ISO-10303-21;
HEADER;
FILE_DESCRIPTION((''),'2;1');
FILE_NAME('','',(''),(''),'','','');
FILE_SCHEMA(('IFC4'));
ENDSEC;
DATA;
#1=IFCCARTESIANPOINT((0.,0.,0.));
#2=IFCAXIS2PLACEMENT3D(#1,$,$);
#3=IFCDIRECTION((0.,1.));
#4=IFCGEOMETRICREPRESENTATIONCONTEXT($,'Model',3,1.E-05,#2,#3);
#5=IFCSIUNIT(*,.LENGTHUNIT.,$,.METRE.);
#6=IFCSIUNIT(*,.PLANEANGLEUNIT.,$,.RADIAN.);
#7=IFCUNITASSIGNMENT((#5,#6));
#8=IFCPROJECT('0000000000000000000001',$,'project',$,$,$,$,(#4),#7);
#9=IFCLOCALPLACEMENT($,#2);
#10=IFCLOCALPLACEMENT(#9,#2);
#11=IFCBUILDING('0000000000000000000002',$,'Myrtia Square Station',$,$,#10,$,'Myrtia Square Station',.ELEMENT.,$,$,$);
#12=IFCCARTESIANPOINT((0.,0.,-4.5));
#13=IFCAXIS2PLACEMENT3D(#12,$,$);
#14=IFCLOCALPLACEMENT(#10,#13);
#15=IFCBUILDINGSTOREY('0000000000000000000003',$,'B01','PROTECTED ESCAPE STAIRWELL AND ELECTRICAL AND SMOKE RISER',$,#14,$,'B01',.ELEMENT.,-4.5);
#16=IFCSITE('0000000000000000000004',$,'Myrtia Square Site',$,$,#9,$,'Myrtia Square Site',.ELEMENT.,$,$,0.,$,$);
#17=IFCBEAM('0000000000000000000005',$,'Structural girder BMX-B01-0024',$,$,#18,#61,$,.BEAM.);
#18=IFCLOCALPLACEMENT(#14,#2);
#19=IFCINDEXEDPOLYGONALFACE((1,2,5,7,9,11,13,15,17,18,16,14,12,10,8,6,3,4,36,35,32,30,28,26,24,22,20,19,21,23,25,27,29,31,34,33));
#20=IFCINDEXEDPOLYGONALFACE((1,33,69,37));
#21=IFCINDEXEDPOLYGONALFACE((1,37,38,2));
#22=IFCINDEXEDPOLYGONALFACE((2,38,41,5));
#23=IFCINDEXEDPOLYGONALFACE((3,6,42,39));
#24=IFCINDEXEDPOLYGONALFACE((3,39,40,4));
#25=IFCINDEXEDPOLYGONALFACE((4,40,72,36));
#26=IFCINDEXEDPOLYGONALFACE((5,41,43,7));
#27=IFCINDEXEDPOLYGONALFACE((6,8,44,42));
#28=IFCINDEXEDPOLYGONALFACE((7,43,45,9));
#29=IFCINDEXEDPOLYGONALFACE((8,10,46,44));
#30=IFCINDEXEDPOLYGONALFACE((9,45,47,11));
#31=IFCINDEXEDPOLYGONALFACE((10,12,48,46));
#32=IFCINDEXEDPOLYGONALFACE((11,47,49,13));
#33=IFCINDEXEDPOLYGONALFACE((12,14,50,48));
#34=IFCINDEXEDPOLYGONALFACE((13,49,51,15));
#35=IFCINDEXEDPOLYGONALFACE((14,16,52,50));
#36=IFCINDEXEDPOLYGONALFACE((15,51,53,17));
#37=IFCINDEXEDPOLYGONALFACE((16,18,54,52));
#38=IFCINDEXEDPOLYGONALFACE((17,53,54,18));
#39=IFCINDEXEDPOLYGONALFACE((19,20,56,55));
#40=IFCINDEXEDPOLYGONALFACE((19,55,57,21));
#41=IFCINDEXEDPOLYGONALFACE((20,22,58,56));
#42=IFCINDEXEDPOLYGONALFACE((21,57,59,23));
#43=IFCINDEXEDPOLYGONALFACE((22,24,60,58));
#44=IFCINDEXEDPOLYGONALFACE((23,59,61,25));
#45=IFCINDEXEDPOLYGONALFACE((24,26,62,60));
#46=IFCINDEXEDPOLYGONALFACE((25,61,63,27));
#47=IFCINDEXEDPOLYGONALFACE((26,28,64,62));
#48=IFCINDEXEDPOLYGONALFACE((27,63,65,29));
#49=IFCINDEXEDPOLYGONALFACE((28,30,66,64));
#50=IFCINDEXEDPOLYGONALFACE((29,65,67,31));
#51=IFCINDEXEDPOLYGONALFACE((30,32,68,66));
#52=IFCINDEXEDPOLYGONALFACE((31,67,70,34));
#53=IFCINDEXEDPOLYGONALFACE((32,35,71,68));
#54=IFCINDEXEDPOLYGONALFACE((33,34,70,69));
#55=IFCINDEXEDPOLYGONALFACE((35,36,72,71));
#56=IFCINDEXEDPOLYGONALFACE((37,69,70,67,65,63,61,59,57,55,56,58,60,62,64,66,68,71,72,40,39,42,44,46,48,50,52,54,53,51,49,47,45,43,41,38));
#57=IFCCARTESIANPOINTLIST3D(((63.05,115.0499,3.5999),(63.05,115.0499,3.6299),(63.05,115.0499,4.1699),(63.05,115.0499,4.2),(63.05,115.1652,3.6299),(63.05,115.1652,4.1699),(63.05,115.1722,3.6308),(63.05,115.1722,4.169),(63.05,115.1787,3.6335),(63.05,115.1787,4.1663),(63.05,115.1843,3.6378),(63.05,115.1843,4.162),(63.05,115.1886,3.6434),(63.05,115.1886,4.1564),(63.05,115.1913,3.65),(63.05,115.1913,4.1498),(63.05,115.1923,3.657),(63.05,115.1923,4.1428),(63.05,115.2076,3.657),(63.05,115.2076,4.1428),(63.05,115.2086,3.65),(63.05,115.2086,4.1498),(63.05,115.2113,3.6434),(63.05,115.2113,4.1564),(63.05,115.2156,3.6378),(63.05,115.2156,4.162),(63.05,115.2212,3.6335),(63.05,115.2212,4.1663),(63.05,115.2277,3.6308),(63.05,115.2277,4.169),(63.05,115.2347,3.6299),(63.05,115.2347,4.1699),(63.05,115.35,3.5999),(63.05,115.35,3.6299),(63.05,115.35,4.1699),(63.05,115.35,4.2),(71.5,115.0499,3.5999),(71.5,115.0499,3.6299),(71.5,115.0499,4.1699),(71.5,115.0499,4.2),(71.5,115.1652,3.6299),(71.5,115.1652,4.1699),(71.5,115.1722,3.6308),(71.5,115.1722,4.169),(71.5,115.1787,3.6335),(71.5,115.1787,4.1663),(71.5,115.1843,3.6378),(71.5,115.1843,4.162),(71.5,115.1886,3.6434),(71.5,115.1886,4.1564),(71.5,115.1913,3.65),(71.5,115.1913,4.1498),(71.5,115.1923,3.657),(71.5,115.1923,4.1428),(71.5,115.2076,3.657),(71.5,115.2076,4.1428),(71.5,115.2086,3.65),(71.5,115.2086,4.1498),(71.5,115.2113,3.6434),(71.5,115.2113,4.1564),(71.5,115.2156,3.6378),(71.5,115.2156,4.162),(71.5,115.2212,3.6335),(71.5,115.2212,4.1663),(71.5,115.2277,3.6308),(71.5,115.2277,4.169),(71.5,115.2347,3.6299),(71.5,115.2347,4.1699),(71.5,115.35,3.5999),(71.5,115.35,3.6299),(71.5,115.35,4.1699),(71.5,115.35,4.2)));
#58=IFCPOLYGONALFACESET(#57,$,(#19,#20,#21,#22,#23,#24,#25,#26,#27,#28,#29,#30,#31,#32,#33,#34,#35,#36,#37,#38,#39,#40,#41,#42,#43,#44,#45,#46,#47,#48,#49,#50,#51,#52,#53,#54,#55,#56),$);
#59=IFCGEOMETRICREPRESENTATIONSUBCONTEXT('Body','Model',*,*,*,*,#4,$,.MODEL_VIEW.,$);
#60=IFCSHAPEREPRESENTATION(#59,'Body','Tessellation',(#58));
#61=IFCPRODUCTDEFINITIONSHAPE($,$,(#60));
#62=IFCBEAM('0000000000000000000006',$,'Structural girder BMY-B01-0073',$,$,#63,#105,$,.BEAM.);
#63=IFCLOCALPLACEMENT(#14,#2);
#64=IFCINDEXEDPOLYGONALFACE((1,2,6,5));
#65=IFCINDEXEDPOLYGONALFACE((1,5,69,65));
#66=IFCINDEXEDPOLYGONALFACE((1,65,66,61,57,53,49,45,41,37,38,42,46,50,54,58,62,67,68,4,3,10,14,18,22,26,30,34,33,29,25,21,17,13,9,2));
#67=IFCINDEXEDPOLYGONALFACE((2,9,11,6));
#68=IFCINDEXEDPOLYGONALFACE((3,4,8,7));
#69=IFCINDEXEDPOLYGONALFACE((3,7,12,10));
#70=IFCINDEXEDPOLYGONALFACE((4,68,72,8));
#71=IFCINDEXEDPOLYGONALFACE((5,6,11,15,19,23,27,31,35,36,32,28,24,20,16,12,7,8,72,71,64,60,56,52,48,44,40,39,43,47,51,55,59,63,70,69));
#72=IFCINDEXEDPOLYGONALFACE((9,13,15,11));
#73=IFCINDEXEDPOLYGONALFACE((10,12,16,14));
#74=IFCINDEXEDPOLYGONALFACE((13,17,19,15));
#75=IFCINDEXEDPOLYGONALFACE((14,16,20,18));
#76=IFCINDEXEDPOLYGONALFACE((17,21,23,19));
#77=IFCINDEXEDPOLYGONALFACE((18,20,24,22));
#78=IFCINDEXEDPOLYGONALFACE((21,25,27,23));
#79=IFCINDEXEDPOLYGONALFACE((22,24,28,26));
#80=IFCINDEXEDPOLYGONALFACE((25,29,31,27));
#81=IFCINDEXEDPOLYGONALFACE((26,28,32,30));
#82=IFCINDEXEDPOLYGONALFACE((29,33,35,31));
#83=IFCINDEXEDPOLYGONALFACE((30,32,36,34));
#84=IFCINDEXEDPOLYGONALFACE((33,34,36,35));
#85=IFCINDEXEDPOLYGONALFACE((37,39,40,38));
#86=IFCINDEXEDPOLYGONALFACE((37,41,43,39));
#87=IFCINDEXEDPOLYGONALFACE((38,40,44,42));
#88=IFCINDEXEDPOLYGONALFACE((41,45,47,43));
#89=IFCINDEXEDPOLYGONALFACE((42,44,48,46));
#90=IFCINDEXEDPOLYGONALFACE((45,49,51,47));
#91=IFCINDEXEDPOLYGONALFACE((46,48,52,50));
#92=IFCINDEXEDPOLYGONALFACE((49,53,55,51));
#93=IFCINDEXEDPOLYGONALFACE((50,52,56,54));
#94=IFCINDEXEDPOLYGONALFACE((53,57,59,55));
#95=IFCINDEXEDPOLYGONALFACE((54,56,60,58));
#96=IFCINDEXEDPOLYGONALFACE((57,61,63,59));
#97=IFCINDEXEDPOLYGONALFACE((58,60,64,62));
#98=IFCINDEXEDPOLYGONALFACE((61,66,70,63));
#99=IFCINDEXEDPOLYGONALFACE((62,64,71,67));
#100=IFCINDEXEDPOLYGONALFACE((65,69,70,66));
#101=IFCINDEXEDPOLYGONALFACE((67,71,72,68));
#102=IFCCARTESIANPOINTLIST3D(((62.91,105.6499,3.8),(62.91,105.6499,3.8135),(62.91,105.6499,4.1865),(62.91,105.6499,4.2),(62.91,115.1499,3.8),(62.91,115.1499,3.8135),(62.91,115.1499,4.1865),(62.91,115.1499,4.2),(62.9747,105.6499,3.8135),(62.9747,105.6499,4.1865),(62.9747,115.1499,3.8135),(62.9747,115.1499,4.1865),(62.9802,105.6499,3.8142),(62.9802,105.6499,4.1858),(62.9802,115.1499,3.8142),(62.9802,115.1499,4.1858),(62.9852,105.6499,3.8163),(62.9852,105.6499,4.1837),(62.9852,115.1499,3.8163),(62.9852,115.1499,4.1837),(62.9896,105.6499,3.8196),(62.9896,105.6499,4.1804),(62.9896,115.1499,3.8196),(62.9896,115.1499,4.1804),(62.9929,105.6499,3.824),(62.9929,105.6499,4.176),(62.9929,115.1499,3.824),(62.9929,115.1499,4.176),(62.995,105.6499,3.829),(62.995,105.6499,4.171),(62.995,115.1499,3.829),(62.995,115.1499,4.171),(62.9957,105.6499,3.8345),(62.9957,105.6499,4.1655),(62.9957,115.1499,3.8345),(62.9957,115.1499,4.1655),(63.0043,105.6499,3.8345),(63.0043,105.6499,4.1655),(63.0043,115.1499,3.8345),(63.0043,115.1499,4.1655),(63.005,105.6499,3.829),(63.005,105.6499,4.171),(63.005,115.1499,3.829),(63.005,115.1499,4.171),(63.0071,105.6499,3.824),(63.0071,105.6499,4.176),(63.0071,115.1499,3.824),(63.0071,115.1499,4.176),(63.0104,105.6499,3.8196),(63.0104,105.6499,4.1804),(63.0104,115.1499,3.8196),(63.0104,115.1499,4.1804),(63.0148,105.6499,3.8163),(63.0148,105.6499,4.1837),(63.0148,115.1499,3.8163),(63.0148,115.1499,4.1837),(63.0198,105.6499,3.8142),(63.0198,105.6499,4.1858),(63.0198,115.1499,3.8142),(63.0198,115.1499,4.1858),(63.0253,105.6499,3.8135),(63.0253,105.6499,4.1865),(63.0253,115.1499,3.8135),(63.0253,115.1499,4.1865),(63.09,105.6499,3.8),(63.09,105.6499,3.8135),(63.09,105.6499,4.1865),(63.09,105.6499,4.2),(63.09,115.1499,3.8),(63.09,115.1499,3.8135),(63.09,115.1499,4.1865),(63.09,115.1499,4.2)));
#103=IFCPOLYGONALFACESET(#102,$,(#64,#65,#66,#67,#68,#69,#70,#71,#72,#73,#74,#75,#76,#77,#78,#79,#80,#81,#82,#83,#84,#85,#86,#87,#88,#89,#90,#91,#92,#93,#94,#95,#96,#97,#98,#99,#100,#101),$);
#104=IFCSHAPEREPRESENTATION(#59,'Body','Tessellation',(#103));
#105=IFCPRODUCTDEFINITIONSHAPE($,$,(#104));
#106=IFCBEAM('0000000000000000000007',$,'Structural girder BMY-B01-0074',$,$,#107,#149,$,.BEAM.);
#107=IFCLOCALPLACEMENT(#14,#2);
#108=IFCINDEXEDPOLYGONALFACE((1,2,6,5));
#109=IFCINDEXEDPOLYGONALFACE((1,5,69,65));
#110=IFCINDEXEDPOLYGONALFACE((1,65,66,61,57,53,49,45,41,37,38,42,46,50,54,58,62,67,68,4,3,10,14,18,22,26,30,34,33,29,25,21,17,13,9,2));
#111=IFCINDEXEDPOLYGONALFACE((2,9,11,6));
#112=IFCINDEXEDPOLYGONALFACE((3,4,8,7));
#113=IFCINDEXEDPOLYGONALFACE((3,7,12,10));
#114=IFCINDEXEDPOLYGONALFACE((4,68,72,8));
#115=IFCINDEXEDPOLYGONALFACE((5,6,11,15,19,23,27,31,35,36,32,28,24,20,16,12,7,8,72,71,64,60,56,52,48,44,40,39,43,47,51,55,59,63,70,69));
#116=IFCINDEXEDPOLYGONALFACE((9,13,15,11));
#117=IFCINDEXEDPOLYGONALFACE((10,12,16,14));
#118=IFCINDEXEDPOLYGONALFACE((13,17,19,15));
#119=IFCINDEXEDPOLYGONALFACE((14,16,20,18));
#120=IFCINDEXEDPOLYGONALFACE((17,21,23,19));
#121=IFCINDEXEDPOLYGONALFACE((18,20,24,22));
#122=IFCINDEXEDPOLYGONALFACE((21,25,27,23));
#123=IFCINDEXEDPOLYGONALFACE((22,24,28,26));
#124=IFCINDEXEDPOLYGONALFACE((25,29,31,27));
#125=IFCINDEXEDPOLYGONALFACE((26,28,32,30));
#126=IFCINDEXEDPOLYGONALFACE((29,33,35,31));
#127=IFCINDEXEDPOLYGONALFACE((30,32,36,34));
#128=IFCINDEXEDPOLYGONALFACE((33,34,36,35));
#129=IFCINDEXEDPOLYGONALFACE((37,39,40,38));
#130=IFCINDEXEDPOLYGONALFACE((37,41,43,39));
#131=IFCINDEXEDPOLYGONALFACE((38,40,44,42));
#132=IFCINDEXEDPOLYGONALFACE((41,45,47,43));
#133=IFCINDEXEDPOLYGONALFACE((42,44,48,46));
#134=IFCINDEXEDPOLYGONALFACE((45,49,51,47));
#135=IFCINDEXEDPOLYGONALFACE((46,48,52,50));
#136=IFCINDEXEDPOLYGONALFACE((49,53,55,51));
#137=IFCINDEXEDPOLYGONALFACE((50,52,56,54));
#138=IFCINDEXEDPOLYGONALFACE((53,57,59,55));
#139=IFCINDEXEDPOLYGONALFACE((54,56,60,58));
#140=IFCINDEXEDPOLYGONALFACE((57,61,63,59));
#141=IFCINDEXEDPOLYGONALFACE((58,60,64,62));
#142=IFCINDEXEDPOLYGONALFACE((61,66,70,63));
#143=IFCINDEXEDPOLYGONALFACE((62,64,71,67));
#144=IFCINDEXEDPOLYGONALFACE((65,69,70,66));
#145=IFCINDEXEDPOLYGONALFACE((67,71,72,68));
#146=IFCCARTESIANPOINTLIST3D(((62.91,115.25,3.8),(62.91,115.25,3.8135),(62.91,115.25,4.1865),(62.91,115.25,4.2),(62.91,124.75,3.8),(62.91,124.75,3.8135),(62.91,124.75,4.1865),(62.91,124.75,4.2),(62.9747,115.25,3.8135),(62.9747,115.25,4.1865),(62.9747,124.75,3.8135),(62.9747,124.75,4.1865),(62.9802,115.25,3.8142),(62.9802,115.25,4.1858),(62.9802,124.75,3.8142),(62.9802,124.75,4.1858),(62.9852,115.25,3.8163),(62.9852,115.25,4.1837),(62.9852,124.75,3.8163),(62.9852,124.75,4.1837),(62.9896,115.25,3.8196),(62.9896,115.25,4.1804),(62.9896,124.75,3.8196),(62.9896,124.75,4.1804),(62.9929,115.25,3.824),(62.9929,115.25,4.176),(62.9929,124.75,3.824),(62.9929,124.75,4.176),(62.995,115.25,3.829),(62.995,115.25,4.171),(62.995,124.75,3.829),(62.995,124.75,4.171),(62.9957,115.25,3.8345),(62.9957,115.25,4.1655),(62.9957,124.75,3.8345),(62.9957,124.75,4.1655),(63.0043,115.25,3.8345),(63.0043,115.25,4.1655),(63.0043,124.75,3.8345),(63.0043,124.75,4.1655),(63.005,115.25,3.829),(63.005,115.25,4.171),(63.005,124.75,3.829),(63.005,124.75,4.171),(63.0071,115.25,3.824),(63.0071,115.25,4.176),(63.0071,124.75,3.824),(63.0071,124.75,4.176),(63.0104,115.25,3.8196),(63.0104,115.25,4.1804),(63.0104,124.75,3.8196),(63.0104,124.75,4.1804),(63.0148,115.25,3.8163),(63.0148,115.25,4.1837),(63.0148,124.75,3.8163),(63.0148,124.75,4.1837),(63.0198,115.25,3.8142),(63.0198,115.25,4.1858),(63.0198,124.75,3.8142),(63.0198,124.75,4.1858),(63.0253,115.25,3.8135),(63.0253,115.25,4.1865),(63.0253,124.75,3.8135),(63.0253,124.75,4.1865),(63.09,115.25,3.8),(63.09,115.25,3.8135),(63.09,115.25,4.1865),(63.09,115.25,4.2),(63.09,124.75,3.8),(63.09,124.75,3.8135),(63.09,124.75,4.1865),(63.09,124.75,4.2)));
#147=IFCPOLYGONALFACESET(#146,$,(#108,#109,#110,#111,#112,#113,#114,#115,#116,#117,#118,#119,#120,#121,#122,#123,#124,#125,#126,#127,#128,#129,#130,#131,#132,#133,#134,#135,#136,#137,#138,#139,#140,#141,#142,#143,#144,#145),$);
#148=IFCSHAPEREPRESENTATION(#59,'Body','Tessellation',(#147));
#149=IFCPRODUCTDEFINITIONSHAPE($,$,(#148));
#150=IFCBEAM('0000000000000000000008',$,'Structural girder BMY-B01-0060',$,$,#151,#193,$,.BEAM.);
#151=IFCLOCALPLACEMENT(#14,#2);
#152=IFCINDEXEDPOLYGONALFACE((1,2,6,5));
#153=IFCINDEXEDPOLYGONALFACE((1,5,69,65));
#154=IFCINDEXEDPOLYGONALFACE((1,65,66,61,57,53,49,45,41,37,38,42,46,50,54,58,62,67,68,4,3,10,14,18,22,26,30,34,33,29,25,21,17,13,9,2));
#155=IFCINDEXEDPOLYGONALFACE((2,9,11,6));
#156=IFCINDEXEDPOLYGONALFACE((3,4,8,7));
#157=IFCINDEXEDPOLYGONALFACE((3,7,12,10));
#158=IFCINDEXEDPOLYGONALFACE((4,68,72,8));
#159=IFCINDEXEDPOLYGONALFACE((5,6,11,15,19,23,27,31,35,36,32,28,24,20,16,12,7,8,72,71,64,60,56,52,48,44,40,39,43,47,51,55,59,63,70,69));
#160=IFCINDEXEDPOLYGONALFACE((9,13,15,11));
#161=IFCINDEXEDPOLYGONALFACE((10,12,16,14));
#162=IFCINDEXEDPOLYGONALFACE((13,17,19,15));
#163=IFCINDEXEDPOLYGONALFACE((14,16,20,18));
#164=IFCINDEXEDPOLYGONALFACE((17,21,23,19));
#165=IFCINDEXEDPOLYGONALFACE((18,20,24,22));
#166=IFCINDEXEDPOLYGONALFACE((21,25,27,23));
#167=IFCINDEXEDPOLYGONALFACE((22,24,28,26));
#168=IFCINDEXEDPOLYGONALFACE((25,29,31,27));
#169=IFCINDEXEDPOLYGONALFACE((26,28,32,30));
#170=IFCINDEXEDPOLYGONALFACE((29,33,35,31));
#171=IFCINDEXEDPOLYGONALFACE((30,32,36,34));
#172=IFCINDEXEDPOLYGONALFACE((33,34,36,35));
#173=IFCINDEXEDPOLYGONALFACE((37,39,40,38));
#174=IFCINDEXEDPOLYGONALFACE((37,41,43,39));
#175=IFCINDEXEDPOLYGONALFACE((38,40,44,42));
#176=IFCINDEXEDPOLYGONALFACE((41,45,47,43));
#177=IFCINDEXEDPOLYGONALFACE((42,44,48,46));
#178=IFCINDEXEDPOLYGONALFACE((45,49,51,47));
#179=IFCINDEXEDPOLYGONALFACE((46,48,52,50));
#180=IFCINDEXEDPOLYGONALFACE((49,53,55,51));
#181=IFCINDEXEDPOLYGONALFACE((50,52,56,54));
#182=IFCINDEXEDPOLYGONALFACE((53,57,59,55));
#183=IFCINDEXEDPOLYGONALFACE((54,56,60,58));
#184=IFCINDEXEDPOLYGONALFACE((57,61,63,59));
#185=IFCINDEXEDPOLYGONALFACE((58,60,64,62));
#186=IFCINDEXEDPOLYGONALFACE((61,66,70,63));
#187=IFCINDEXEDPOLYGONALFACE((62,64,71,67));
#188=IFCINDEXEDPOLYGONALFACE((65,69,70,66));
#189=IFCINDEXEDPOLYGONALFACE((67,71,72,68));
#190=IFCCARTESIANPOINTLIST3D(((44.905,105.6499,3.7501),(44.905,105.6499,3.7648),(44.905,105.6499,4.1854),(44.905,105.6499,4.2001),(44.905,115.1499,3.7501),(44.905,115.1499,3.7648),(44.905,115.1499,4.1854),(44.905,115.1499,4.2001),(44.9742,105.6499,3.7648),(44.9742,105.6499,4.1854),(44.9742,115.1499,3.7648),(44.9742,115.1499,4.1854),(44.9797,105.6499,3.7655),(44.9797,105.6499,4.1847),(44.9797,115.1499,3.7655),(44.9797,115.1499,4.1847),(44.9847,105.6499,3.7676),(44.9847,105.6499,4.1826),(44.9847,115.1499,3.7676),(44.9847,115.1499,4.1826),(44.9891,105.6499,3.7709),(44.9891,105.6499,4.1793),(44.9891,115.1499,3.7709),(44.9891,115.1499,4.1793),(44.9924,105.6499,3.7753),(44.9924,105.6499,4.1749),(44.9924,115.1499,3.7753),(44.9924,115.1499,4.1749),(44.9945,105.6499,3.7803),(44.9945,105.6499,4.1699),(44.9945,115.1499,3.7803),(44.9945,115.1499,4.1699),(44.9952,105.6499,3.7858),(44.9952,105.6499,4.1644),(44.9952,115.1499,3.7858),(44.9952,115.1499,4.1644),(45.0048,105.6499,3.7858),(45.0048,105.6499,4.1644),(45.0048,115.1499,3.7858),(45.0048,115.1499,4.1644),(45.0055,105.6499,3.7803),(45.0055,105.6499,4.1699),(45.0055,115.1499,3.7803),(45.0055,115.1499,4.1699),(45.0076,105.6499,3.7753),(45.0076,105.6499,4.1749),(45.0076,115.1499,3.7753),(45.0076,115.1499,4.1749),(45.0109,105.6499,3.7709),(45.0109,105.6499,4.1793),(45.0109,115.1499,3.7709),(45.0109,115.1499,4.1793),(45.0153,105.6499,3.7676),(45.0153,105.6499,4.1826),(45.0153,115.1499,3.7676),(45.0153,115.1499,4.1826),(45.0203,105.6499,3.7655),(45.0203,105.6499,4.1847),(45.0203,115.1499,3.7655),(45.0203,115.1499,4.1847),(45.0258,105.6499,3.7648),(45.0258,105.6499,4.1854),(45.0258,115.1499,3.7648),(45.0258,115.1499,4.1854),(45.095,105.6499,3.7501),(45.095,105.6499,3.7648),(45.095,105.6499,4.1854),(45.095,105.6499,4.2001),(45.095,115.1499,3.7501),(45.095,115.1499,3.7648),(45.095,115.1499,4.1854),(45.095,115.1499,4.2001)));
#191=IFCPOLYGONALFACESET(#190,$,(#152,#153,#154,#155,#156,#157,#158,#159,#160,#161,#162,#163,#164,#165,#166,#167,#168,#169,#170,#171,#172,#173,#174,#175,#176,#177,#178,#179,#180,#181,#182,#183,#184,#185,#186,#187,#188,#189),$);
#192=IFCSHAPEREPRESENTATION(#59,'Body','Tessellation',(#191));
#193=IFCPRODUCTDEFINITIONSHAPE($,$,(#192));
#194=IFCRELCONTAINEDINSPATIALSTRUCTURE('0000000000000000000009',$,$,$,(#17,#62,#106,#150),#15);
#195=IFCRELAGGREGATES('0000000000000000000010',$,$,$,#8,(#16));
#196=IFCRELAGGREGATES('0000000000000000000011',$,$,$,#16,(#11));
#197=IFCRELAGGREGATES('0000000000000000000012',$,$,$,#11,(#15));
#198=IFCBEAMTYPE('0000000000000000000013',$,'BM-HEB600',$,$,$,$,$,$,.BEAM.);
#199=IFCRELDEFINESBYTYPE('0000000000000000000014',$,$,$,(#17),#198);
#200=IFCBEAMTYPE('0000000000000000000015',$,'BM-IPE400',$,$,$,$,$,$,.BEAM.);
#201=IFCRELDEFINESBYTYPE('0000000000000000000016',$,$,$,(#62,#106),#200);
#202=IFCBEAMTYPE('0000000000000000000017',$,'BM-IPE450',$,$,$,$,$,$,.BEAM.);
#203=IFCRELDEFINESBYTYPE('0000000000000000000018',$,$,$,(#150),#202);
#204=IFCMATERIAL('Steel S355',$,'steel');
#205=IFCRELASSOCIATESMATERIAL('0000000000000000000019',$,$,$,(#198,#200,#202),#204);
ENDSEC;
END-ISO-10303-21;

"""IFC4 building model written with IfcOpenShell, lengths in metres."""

from ifc_helpers import new_model, si_unit, direction, frame, origin, origin_2d, place, context, subcontext, project, spatial, i_section, extrude, material, material_profile, profile_set, type_object, element, save


model = new_model("IFC4")

# Units and contexts
model_context = context("Model", 3, precision=1e-05, world=origin(), true_north=direction((0.0, 1.0)))
body_context = subcontext(model_context, "Body", "Model", "MODEL_VIEW")
ifc_project = project(units=[si_unit("LENGTHUNIT", "METRE"), si_unit("PLANEANGLEUNIT", "RADIAN")], contexts=[model_context])

# Site, building, storey
site_placement = place(None, origin())
site = spatial("IfcSite", under=ifc_project, at=site_placement, Name="Myrtia Square Site", LongName="Myrtia Square Site", CompositionType="ELEMENT", RefElevation=0.0)
building_placement = place(site_placement, origin())
building = spatial("IfcBuilding", under=site, at=building_placement, Name="Myrtia Square Station", LongName="Myrtia Square Station", CompositionType="ELEMENT")
storey_placement = place(building_placement, frame((0.0, 0.0, -4.5)))
storey = spatial("IfcBuildingStorey", under=building, at=storey_placement, Name="B01", Description="PROTECTED ESCAPE STAIRWELL AND ELECTRICAL AND SMOKE RISER", LongName="B01", CompositionType="ELEMENT", Elevation=-4.5)

# Beams
ifc_material_1 = material(Name="Steel S355", Category="steel")
ifc_material_profile_1 = material_profile(ifc_material_1, i_section(OverallWidth=0.3, OverallDepth=0.6001, WebThickness=0.0154, FlangeThickness=0.03, FilletRadius=0.0271, at=origin_2d()), Name="HEB 600")
ifc_profile_set_1 = profile_set([ifc_material_profile_1], Name="Steel S355")
beam_type_1 = type_object("IfcBeamType", Name="BM-HEB600", PredefinedType="BEAM", material=ifc_profile_set_1)
beam_1_placement = place(storey_placement, frame((63.05, 115.2, 3.8999), z_axis=(1.0, 0.0, 0.0), x_axis=(0.0, 1.0, 0.0)))
element("IfcBeam", 1, at=beam_1_placement, inside=storey, type_object=beam_type_1, Name="Structural girder BMX-B01-0024", PredefinedType="BEAM", context=body_context, shape_type="SweptSolid", body=[
    extrude(i_section(OverallWidth=0.3, OverallDepth=0.6001, WebThickness=0.0154, FlangeThickness=0.03, FilletRadius=0.0271, at=origin_2d()), origin(), (0.0, 0.0, 1.0), 8.45),
])
ifc_material_profile_2 = material_profile(ifc_material_1, i_section(OverallWidth=0.1799, OverallDepth=0.3999, WebThickness=0.0085, FlangeThickness=0.0134, FilletRadius=0.021, at=origin_2d()), Name="IPE 400")
ifc_profile_set_2 = profile_set([ifc_material_profile_2], Name="Steel S355")
beam_type_2 = type_object("IfcBeamType", Name="BM-IPE400", PredefinedType="BEAM", material=ifc_profile_set_2)
for number, where, z_axis, x_axis, name in (
    (2, (63.0, 105.6499, 4.0), (0.0, 1.0, 0.0), (-1.0, 0.0, 0.0), "Structural girder BMY-B01-0073"),
    (3, (63.0, 115.25, 4.0), (0.0, 1.0, 0.0), (-1.0, 0.0, 0.0), "Structural girder BMY-B01-0074"),
):
    element("IfcBeam", number, at=place(storey_placement, frame(where, z_axis=z_axis, x_axis=x_axis)), inside=storey, type_object=beam_type_2, Name=name, PredefinedType="BEAM", context=body_context, shape_type="SweptSolid", body=[
        extrude(i_section(OverallWidth=0.1799, OverallDepth=0.3999, WebThickness=0.0085, FlangeThickness=0.0134, FilletRadius=0.021, at=origin_2d()), origin(), (0.0, 0.0, 1.0), 9.5),
    ])
ifc_material_profile_3 = material_profile(ifc_material_1, i_section(OverallWidth=0.1899, OverallDepth=0.45, WebThickness=0.0095, FlangeThickness=0.0146, FilletRadius=0.021, at=origin_2d()), Name="IPE 450")
ifc_profile_set_3 = profile_set([ifc_material_profile_3], Name="Steel S355")
beam_type_3 = type_object("IfcBeamType", Name="BM-IPE450", PredefinedType="BEAM", material=ifc_profile_set_3)
for number, where, z_axis, x_axis, name in (
    (4, (45.0, 105.6499, 3.9751), (0.0, 1.0, 0.0), (-1.0, 0.0, 0.0), "Structural girder BMY-B01-0060"),
):
    element("IfcBeam", number, at=place(storey_placement, frame(where, z_axis=z_axis, x_axis=x_axis)), inside=storey, type_object=beam_type_3, Name=name, PredefinedType="BEAM", context=body_context, shape_type="SweptSolid", body=[
        extrude(i_section(OverallWidth=0.1899, OverallDepth=0.45, WebThickness=0.0095, FlangeThickness=0.0146, FilletRadius=0.021, at=origin_2d()), origin(), (0.0, 0.0, 1.0), 9.5),
    ])

save(model, "model.ifc")
